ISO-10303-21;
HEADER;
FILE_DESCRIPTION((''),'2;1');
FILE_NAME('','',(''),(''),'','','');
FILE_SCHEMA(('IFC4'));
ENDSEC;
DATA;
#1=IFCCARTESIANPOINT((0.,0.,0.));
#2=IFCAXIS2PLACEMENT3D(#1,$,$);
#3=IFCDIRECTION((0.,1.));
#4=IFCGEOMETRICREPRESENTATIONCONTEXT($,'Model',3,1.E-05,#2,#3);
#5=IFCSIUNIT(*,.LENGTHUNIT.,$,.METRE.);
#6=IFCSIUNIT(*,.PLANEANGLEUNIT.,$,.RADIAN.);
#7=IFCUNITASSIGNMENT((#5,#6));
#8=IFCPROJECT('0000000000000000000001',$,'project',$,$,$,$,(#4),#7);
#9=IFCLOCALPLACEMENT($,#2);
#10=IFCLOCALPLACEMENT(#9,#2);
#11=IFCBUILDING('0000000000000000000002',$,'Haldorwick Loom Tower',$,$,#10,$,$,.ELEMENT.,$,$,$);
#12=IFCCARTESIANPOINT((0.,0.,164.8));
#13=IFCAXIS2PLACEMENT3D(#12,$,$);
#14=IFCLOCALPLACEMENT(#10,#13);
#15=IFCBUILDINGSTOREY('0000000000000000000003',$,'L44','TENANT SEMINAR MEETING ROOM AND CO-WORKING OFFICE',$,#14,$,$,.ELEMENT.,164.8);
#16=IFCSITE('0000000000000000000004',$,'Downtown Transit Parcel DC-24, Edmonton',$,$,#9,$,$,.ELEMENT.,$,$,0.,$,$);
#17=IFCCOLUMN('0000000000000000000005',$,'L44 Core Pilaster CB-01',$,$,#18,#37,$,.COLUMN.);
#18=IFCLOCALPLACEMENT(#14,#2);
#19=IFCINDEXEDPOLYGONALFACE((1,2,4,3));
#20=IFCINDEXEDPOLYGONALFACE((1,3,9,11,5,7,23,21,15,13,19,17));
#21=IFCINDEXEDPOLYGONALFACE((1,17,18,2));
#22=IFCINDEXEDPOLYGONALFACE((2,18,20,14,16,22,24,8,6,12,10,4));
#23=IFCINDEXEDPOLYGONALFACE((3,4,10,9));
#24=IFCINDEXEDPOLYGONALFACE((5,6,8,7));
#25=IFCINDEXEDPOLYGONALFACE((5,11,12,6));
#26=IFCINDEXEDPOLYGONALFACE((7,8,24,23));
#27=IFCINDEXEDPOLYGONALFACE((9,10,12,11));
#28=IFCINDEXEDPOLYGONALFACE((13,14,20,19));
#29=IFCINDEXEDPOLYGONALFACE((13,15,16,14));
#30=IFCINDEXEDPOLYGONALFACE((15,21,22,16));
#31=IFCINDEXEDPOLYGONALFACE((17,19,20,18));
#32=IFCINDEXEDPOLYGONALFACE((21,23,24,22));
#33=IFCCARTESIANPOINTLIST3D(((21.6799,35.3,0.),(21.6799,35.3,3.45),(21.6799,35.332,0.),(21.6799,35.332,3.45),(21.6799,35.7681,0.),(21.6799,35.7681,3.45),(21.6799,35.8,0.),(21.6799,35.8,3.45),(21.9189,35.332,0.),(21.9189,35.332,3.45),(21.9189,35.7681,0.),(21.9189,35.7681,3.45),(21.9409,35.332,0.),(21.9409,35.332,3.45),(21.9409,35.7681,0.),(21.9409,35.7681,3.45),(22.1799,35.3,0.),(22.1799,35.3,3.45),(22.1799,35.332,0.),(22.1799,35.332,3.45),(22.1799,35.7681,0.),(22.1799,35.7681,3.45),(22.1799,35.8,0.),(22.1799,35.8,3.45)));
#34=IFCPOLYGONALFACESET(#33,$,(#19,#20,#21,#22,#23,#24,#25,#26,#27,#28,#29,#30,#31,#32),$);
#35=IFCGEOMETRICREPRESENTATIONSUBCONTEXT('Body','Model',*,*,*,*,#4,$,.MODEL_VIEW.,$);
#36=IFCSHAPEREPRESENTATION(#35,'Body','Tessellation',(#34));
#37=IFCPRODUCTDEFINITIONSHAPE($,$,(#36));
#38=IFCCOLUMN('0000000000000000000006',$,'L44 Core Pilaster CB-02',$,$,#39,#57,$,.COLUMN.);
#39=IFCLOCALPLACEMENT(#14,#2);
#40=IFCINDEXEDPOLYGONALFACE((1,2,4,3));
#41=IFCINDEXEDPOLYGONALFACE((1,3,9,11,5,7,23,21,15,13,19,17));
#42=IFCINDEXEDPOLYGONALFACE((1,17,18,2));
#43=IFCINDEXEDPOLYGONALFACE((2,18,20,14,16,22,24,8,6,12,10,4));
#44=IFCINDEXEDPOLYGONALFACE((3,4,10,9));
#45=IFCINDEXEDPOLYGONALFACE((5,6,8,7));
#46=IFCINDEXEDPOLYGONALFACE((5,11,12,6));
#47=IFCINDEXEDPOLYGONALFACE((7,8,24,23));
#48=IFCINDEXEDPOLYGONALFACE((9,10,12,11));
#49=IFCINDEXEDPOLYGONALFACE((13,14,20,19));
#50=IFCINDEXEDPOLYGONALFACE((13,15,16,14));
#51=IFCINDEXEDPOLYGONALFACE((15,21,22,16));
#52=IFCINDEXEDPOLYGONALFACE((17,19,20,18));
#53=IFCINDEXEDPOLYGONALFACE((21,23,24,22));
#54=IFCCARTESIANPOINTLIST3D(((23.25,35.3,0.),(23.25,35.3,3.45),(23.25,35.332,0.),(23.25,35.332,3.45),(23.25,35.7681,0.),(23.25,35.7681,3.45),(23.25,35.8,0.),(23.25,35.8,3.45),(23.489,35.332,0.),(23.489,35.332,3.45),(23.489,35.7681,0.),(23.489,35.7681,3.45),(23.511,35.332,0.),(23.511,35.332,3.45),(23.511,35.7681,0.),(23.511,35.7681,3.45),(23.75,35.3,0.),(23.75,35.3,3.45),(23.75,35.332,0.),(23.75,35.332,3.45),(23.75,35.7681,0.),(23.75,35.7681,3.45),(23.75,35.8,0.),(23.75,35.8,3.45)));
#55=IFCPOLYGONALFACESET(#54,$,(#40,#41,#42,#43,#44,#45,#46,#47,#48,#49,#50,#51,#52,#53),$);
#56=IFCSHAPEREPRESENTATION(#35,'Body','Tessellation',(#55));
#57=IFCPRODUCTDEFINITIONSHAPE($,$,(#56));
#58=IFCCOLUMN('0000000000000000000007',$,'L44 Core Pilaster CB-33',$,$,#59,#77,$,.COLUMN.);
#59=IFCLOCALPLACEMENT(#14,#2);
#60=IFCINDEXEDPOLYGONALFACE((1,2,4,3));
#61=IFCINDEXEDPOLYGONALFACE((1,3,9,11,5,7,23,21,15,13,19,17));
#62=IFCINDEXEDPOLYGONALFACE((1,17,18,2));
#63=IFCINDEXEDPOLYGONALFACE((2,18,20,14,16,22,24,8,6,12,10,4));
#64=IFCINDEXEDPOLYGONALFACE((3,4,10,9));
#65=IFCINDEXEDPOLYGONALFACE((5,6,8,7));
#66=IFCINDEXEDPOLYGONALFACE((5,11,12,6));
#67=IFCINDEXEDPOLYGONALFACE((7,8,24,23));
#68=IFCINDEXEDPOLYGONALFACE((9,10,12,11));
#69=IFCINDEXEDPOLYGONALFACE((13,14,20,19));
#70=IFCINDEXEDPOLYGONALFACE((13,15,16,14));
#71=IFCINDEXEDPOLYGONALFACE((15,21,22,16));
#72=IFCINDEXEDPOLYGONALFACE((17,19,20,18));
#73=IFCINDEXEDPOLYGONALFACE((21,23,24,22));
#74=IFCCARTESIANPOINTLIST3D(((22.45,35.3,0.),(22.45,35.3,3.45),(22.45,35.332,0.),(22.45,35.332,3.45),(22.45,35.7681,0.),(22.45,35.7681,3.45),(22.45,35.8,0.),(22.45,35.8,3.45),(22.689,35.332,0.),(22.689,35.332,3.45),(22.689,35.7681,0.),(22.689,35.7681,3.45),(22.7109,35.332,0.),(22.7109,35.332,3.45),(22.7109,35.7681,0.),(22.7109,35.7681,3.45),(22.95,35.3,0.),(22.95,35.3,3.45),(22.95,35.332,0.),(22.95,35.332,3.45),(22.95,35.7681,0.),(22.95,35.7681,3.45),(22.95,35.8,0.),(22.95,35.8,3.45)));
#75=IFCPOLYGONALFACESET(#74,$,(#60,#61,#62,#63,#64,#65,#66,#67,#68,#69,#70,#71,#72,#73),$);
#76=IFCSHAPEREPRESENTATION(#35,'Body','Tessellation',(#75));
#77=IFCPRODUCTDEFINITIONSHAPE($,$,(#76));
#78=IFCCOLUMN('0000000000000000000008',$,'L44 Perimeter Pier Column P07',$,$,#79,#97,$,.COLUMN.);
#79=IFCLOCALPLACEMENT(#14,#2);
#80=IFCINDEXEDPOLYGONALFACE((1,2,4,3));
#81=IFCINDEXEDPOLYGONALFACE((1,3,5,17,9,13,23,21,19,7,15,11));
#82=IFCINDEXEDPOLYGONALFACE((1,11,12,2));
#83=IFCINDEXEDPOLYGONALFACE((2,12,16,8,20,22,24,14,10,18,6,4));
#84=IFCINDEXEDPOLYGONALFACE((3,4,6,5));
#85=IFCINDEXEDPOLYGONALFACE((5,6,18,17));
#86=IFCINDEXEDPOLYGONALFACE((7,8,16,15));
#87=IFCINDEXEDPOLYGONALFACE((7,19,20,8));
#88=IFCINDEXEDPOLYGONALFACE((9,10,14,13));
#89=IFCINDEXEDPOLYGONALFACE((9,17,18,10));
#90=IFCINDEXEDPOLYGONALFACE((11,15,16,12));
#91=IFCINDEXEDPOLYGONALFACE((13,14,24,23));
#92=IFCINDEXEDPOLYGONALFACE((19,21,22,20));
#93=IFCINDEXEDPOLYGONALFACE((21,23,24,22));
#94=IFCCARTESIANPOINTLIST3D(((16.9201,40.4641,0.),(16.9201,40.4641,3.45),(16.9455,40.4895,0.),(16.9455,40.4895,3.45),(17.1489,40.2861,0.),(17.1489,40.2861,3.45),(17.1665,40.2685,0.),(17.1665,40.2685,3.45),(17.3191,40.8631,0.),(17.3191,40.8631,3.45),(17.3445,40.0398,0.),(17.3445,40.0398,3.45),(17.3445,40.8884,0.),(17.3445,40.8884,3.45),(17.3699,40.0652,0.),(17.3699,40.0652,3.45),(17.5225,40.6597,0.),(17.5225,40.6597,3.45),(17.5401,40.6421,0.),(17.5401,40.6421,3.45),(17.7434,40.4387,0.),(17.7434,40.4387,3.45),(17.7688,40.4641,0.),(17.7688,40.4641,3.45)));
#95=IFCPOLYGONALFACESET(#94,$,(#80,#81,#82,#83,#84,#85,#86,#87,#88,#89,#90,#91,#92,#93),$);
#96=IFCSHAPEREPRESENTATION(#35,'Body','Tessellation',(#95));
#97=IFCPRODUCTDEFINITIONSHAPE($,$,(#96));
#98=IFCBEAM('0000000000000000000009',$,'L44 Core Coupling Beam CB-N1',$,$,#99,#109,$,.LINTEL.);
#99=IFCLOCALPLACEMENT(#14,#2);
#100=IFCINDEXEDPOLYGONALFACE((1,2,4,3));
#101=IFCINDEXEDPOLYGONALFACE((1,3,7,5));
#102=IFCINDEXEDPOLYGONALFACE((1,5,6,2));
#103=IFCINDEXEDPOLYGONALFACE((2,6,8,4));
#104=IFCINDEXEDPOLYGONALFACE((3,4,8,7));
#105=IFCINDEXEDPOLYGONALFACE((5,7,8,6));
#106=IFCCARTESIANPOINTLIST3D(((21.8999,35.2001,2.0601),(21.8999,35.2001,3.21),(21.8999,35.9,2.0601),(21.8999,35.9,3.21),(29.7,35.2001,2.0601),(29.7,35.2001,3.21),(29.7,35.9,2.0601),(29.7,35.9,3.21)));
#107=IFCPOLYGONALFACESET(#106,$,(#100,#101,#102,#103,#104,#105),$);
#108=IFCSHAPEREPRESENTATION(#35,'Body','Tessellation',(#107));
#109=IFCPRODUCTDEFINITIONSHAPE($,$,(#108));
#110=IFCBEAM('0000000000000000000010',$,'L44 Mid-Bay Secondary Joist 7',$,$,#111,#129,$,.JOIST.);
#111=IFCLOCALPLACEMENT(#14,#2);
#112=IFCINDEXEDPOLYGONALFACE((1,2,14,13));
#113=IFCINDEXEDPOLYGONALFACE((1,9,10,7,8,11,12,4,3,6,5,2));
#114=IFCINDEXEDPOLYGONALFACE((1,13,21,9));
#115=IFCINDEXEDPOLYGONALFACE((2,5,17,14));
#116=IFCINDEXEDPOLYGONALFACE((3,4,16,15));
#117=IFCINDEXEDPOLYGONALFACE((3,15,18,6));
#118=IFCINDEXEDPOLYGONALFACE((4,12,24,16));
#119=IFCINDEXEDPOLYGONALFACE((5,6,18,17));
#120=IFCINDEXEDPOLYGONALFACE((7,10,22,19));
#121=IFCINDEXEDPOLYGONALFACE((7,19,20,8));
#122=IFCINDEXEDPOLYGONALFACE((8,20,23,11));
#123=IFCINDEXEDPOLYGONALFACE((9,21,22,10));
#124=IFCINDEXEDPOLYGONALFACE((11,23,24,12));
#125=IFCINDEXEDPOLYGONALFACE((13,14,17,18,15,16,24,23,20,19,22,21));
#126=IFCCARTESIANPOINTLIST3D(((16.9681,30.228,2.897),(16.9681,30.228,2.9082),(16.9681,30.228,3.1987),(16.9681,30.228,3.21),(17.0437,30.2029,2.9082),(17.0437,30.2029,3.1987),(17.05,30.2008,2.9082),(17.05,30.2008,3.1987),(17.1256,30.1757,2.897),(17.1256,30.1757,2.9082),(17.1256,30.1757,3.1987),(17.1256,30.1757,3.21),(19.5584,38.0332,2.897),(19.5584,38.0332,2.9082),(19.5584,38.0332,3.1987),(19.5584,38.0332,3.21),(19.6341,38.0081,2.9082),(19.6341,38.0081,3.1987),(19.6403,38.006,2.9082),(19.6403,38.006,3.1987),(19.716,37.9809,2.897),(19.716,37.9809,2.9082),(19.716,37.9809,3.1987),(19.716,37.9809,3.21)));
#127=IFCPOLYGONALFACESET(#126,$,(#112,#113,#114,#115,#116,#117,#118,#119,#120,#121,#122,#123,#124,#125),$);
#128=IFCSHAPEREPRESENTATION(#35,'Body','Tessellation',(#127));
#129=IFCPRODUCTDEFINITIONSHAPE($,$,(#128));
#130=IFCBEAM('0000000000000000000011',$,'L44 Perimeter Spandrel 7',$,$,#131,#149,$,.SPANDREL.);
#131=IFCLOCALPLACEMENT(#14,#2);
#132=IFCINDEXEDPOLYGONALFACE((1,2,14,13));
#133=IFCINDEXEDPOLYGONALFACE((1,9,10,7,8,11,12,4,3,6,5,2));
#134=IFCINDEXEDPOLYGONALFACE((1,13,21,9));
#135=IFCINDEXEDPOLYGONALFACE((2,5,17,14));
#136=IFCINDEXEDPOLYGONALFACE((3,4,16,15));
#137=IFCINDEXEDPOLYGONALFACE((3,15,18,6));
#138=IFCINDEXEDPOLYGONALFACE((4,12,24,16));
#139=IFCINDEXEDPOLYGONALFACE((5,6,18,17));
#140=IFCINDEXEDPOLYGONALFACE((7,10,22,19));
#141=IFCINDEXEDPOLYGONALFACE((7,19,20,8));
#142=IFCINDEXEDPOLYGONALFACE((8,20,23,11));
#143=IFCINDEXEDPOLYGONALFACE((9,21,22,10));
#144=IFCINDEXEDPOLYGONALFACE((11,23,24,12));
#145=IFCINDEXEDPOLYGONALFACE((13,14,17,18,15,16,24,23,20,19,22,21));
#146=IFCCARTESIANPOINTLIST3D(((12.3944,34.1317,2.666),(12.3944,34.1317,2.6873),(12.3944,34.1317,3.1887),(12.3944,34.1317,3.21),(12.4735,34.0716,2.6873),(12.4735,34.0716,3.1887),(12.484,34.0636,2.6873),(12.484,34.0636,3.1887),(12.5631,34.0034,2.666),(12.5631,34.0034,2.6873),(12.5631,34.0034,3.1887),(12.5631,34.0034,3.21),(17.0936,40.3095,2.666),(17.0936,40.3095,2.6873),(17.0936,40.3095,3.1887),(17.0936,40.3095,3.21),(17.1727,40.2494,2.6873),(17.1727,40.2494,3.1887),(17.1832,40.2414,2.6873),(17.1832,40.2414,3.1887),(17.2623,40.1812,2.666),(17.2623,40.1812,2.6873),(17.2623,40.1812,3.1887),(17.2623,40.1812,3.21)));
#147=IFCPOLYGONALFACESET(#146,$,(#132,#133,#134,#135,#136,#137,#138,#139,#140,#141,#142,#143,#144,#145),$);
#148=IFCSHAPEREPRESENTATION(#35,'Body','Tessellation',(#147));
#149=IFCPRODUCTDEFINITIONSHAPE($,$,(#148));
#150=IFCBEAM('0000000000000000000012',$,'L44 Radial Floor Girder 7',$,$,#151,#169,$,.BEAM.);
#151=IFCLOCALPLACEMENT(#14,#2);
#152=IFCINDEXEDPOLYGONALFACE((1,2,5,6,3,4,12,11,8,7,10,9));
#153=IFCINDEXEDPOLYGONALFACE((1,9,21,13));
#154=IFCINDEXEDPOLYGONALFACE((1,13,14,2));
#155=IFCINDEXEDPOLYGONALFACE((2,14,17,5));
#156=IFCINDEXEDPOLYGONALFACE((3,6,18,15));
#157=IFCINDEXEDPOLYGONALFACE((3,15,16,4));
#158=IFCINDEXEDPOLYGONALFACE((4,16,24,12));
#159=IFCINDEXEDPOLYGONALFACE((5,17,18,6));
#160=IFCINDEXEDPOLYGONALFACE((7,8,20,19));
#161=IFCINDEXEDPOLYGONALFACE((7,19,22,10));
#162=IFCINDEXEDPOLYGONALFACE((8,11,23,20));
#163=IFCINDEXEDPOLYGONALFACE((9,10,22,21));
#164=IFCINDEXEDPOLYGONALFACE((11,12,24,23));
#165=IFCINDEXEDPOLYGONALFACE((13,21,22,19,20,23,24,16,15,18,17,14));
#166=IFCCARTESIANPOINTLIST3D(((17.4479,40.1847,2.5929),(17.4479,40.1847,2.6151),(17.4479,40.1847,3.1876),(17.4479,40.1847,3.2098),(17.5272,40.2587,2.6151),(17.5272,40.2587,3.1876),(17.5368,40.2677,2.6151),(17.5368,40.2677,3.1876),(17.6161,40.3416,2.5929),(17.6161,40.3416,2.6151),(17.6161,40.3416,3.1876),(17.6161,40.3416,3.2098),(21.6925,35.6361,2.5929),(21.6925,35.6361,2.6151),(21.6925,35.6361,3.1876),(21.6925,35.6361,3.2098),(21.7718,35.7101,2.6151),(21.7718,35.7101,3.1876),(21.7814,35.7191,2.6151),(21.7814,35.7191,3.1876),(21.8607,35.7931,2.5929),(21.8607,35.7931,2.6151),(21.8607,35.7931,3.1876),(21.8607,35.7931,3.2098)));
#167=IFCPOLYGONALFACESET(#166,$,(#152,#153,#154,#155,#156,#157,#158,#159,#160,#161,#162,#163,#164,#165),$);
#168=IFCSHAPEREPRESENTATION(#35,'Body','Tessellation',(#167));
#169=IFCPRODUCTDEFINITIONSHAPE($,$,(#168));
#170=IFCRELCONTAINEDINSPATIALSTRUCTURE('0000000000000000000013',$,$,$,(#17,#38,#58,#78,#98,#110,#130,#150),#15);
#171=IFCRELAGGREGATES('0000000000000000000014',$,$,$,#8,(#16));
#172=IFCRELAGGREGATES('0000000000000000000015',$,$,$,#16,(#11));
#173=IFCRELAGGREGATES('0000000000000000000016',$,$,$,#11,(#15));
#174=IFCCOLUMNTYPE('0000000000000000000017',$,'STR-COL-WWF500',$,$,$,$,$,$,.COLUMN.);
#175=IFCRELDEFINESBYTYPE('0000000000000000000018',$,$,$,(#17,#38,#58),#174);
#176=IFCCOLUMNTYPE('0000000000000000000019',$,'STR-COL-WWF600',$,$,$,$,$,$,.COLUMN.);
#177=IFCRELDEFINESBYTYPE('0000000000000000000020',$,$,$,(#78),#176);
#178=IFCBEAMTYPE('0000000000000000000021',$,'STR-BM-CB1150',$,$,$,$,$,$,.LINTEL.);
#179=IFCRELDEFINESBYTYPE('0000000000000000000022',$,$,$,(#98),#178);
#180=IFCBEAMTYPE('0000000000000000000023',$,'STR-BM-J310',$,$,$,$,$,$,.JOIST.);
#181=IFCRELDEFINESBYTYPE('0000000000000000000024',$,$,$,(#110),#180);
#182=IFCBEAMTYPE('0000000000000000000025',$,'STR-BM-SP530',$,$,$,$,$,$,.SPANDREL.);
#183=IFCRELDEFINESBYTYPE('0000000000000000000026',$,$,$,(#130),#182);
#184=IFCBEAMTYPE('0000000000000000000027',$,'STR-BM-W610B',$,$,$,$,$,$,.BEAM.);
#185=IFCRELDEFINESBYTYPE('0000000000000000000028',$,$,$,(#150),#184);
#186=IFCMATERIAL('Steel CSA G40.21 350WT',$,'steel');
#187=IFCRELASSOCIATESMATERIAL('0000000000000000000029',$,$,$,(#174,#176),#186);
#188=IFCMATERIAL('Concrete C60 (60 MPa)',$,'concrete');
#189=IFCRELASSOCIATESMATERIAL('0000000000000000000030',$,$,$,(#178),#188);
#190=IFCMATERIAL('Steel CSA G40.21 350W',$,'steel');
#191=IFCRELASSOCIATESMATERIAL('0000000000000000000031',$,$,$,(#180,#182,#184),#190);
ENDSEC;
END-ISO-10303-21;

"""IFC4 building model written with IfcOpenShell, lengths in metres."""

from ifc_helpers import new_model, si_unit, direction, frame, origin, origin_2d, place, context, subcontext, project, spatial, rectangle, i_section, extrude, material, material_profile, profile_set, type_object, element, save


model = new_model("IFC4")

# Units and contexts
model_context = context("Model", 3, precision=1e-05, world=origin(), true_north=direction((0.0, 1.0)))
body_context = subcontext(model_context, "Body", "Model", "MODEL_VIEW")
ifc_project = project(units=[si_unit("LENGTHUNIT", "METRE"), si_unit("PLANEANGLEUNIT", "RADIAN")], contexts=[model_context])

# Site, building, storey
site_placement = place(None, origin())
site = spatial("IfcSite", under=ifc_project, at=site_placement, Name="Downtown Transit Parcel DC-24, Edmonton", CompositionType="ELEMENT", RefElevation=0.0)
building_placement = place(site_placement, origin())
building = spatial("IfcBuilding", under=site, at=building_placement, Name="Haldorwick Loom Tower", CompositionType="ELEMENT")
storey_placement = place(building_placement, frame((0.0, 0.0, 164.8)))
storey = spatial("IfcBuildingStorey", under=building, at=storey_placement, Name="L44", Description="TENANT SEMINAR MEETING ROOM AND CO-WORKING OFFICE", CompositionType="ELEMENT", Elevation=164.8)

# Columns
ifc_material_1 = material(Name="Steel CSA G40.21 350WT", Category="steel")
ifc_material_profile_1 = material_profile(ifc_material_1, i_section(OverallWidth=0.5, OverallDepth=0.5, WebThickness=0.022, FlangeThickness=0.032, at=origin_2d()), Name="WWF500X500", Category="steel")
ifc_profile_set_1 = profile_set([ifc_material_profile_1], Name="Steel CSA G40.21 350WT")
column_type_1 = type_object("IfcColumnType", Name="STR-COL-WWF500", PredefinedType="COLUMN", material=ifc_profile_set_1)
for number, where, z_axis, x_axis, name in (
    (1, (21.9299, 35.55, 0.0), (0.0, 0.0, 1.0), (1.0, 0.0, 0.0), "L44 Core Pilaster CB-01"),
    (2, (23.5, 35.55, 0.0), (0.0, 0.0, 1.0), (1.0, 0.0, 0.0), "L44 Core Pilaster CB-02"),
    (3, (22.7, 35.55, 0.0), (0.0, 0.0, 1.0), (1.0, 0.0, 0.0), "L44 Core Pilaster CB-33"),
):
    element("IfcColumn", number, at=place(storey_placement, frame(where, z_axis=z_axis, x_axis=x_axis)), inside=storey, type_object=column_type_1, Name=name, PredefinedType="COLUMN", context=body_context, shape_type="SweptSolid", body=[
        extrude(i_section(OverallWidth=0.5, OverallDepth=0.5, WebThickness=0.022, FlangeThickness=0.032, at=origin_2d()), origin(), (0.0, 0.0, 1.0), 3.45),
    ])
ifc_material_profile_2 = material_profile(ifc_material_1, i_section(OverallWidth=0.6001, OverallDepth=0.6001, WebThickness=0.0249, FlangeThickness=0.0359, at=origin_2d()), Name="WWF600X600", Category="steel")
ifc_profile_set_2 = profile_set([ifc_material_profile_2], Name="Steel CSA G40.21 350WT")
column_type_2 = type_object("IfcColumnType", Name="STR-COL-WWF600", PredefinedType="COLUMN", material=ifc_profile_set_2)
column_placement = place(storey_placement, frame((17.3445, 40.4641, 0.0), z_axis=(0.0, 0.0, 1.0), x_axis=(-0.707107, 0.707107, 0.0)))
element("IfcColumn", 4, at=column_placement, inside=storey, type_object=column_type_2, Name="L44 Perimeter Pier Column P07", PredefinedType="COLUMN", context=body_context, shape_type="SweptSolid", body=[
    extrude(i_section(OverallWidth=0.6001, OverallDepth=0.6001, WebThickness=0.0249, FlangeThickness=0.0359, at=origin_2d()), origin(), (0.0, 0.0, 1.0), 3.45),
])

# Beams
ifc_material_2 = material(Name="Concrete C60 (60 MPa)", Category="concrete")
ifc_material_profile_3 = material_profile(ifc_material_2, rectangle(XDim=0.7, YDim=1.1499, at=origin_2d()), Name="RC700X1150", Category="concrete")
ifc_profile_set_3 = profile_set([ifc_material_profile_3], Name="Concrete C60 (60 MPa)")
beam_type_1 = type_object("IfcBeamType", Name="STR-BM-CB1150", PredefinedType="LINTEL", material=ifc_profile_set_3)
beam_1_placement = place(storey_placement, frame((21.8999, 35.55, 2.635), z_axis=(1.0, 0.0, 0.0), x_axis=(0.0, 1.0, 0.0)))
element("IfcBeam", 5, at=beam_1_placement, inside=storey, type_object=beam_type_1, Name="L44 Core Coupling Beam CB-N1", PredefinedType="LINTEL", context=body_context, shape_type="SweptSolid", body=[
    extrude(rectangle(XDim=0.7, YDim=1.1499, at=origin_2d()), origin(), (0.0, 0.0, 1.0), 7.8),
])
ifc_material_3 = material(Name="Steel CSA G40.21 350W", Category="steel")
ifc_material_profile_4 = material_profile(ifc_material_3, i_section(OverallWidth=0.166, OverallDepth=0.313, WebThickness=0.0066, FlangeThickness=0.0112, at=origin_2d()), Name="W310X45", Category="steel")
ifc_profile_set_4 = profile_set([ifc_material_profile_4], Name="Steel CSA G40.21 350W")
beam_type_2 = type_object("IfcBeamType", Name="STR-BM-J310", PredefinedType="JOIST", material=ifc_profile_set_4)
beam_2_placement = place(storey_placement, frame((19.6372, 38.0071, 3.0535), z_axis=(-0.314981, -0.949098, 0.0), x_axis=(0.949098, -0.314981, 0.0)))
element("IfcBeam", 6, at=beam_2_placement, inside=storey, type_object=beam_type_2, Name="L44 Mid-Bay Secondary Joist 7", PredefinedType="JOIST", context=body_context, shape_type="SweptSolid", body=[
    extrude(i_section(OverallWidth=0.166, OverallDepth=0.313, WebThickness=0.0066, FlangeThickness=0.0112, at=origin_2d()), origin(), (0.0, 0.0, 1.0), 8.2239),
])
ifc_material_profile_5 = material_profile(ifc_material_3, i_section(OverallWidth=0.2119, OverallDepth=0.5439, WebThickness=0.0132, FlangeThickness=0.0212, at=origin_2d()), Name="W530X123", Category="steel")
ifc_profile_set_5 = profile_set([ifc_material_profile_5], Name="Steel CSA G40.21 350W")
beam_type_3 = type_object("IfcBeamType", Name="STR-BM-SP530", PredefinedType="SPANDREL", material=ifc_profile_set_5)
beam_3_placement = place(storey_placement, frame((17.178, 40.2454, 2.938), z_axis=(-0.605421, -0.795905, 0.0), x_axis=(0.795905, -0.605421, 0.0)))
element("IfcBeam", 7, at=beam_3_placement, inside=storey, type_object=beam_type_3, Name="L44 Perimeter Spandrel 7", PredefinedType="SPANDREL", context=body_context, shape_type="SweptSolid", body=[
    extrude(i_section(OverallWidth=0.2119, OverallDepth=0.5439, WebThickness=0.0132, FlangeThickness=0.0212, at=origin_2d()), origin(), (0.0, 0.0, 1.0), 7.762),
])
ifc_material_profile_6 = material_profile(ifc_material_3, i_section(OverallWidth=0.23, OverallDepth=0.6169, WebThickness=0.0132, FlangeThickness=0.0222, at=origin_2d()), Name="W610X140", Category="steel")
ifc_profile_set_6 = profile_set([ifc_material_profile_6], Name="Steel CSA G40.21 350W")
beam_type_4 = type_object("IfcBeamType", Name="STR-BM-W610B", PredefinedType="BEAM", material=ifc_profile_set_6)
beam_4_placement = place(storey_placement, frame((21.7766, 35.7146, 2.9014), z_axis=(-0.682257, 0.731113, 0.0), x_axis=(-0.731113, -0.682257, 0.0)))
element("IfcBeam", 8, at=beam_4_placement, inside=storey, type_object=beam_type_4, Name="L44 Radial Floor Girder 7", PredefinedType="BEAM", context=body_context, shape_type="SweptSolid", body=[
    extrude(i_section(OverallWidth=0.23, OverallDepth=0.6169, WebThickness=0.0132, FlangeThickness=0.0222, at=origin_2d()), origin(), (0.0, 0.0, 1.0), 6.2214),
])

save(model, "model.ifc")
